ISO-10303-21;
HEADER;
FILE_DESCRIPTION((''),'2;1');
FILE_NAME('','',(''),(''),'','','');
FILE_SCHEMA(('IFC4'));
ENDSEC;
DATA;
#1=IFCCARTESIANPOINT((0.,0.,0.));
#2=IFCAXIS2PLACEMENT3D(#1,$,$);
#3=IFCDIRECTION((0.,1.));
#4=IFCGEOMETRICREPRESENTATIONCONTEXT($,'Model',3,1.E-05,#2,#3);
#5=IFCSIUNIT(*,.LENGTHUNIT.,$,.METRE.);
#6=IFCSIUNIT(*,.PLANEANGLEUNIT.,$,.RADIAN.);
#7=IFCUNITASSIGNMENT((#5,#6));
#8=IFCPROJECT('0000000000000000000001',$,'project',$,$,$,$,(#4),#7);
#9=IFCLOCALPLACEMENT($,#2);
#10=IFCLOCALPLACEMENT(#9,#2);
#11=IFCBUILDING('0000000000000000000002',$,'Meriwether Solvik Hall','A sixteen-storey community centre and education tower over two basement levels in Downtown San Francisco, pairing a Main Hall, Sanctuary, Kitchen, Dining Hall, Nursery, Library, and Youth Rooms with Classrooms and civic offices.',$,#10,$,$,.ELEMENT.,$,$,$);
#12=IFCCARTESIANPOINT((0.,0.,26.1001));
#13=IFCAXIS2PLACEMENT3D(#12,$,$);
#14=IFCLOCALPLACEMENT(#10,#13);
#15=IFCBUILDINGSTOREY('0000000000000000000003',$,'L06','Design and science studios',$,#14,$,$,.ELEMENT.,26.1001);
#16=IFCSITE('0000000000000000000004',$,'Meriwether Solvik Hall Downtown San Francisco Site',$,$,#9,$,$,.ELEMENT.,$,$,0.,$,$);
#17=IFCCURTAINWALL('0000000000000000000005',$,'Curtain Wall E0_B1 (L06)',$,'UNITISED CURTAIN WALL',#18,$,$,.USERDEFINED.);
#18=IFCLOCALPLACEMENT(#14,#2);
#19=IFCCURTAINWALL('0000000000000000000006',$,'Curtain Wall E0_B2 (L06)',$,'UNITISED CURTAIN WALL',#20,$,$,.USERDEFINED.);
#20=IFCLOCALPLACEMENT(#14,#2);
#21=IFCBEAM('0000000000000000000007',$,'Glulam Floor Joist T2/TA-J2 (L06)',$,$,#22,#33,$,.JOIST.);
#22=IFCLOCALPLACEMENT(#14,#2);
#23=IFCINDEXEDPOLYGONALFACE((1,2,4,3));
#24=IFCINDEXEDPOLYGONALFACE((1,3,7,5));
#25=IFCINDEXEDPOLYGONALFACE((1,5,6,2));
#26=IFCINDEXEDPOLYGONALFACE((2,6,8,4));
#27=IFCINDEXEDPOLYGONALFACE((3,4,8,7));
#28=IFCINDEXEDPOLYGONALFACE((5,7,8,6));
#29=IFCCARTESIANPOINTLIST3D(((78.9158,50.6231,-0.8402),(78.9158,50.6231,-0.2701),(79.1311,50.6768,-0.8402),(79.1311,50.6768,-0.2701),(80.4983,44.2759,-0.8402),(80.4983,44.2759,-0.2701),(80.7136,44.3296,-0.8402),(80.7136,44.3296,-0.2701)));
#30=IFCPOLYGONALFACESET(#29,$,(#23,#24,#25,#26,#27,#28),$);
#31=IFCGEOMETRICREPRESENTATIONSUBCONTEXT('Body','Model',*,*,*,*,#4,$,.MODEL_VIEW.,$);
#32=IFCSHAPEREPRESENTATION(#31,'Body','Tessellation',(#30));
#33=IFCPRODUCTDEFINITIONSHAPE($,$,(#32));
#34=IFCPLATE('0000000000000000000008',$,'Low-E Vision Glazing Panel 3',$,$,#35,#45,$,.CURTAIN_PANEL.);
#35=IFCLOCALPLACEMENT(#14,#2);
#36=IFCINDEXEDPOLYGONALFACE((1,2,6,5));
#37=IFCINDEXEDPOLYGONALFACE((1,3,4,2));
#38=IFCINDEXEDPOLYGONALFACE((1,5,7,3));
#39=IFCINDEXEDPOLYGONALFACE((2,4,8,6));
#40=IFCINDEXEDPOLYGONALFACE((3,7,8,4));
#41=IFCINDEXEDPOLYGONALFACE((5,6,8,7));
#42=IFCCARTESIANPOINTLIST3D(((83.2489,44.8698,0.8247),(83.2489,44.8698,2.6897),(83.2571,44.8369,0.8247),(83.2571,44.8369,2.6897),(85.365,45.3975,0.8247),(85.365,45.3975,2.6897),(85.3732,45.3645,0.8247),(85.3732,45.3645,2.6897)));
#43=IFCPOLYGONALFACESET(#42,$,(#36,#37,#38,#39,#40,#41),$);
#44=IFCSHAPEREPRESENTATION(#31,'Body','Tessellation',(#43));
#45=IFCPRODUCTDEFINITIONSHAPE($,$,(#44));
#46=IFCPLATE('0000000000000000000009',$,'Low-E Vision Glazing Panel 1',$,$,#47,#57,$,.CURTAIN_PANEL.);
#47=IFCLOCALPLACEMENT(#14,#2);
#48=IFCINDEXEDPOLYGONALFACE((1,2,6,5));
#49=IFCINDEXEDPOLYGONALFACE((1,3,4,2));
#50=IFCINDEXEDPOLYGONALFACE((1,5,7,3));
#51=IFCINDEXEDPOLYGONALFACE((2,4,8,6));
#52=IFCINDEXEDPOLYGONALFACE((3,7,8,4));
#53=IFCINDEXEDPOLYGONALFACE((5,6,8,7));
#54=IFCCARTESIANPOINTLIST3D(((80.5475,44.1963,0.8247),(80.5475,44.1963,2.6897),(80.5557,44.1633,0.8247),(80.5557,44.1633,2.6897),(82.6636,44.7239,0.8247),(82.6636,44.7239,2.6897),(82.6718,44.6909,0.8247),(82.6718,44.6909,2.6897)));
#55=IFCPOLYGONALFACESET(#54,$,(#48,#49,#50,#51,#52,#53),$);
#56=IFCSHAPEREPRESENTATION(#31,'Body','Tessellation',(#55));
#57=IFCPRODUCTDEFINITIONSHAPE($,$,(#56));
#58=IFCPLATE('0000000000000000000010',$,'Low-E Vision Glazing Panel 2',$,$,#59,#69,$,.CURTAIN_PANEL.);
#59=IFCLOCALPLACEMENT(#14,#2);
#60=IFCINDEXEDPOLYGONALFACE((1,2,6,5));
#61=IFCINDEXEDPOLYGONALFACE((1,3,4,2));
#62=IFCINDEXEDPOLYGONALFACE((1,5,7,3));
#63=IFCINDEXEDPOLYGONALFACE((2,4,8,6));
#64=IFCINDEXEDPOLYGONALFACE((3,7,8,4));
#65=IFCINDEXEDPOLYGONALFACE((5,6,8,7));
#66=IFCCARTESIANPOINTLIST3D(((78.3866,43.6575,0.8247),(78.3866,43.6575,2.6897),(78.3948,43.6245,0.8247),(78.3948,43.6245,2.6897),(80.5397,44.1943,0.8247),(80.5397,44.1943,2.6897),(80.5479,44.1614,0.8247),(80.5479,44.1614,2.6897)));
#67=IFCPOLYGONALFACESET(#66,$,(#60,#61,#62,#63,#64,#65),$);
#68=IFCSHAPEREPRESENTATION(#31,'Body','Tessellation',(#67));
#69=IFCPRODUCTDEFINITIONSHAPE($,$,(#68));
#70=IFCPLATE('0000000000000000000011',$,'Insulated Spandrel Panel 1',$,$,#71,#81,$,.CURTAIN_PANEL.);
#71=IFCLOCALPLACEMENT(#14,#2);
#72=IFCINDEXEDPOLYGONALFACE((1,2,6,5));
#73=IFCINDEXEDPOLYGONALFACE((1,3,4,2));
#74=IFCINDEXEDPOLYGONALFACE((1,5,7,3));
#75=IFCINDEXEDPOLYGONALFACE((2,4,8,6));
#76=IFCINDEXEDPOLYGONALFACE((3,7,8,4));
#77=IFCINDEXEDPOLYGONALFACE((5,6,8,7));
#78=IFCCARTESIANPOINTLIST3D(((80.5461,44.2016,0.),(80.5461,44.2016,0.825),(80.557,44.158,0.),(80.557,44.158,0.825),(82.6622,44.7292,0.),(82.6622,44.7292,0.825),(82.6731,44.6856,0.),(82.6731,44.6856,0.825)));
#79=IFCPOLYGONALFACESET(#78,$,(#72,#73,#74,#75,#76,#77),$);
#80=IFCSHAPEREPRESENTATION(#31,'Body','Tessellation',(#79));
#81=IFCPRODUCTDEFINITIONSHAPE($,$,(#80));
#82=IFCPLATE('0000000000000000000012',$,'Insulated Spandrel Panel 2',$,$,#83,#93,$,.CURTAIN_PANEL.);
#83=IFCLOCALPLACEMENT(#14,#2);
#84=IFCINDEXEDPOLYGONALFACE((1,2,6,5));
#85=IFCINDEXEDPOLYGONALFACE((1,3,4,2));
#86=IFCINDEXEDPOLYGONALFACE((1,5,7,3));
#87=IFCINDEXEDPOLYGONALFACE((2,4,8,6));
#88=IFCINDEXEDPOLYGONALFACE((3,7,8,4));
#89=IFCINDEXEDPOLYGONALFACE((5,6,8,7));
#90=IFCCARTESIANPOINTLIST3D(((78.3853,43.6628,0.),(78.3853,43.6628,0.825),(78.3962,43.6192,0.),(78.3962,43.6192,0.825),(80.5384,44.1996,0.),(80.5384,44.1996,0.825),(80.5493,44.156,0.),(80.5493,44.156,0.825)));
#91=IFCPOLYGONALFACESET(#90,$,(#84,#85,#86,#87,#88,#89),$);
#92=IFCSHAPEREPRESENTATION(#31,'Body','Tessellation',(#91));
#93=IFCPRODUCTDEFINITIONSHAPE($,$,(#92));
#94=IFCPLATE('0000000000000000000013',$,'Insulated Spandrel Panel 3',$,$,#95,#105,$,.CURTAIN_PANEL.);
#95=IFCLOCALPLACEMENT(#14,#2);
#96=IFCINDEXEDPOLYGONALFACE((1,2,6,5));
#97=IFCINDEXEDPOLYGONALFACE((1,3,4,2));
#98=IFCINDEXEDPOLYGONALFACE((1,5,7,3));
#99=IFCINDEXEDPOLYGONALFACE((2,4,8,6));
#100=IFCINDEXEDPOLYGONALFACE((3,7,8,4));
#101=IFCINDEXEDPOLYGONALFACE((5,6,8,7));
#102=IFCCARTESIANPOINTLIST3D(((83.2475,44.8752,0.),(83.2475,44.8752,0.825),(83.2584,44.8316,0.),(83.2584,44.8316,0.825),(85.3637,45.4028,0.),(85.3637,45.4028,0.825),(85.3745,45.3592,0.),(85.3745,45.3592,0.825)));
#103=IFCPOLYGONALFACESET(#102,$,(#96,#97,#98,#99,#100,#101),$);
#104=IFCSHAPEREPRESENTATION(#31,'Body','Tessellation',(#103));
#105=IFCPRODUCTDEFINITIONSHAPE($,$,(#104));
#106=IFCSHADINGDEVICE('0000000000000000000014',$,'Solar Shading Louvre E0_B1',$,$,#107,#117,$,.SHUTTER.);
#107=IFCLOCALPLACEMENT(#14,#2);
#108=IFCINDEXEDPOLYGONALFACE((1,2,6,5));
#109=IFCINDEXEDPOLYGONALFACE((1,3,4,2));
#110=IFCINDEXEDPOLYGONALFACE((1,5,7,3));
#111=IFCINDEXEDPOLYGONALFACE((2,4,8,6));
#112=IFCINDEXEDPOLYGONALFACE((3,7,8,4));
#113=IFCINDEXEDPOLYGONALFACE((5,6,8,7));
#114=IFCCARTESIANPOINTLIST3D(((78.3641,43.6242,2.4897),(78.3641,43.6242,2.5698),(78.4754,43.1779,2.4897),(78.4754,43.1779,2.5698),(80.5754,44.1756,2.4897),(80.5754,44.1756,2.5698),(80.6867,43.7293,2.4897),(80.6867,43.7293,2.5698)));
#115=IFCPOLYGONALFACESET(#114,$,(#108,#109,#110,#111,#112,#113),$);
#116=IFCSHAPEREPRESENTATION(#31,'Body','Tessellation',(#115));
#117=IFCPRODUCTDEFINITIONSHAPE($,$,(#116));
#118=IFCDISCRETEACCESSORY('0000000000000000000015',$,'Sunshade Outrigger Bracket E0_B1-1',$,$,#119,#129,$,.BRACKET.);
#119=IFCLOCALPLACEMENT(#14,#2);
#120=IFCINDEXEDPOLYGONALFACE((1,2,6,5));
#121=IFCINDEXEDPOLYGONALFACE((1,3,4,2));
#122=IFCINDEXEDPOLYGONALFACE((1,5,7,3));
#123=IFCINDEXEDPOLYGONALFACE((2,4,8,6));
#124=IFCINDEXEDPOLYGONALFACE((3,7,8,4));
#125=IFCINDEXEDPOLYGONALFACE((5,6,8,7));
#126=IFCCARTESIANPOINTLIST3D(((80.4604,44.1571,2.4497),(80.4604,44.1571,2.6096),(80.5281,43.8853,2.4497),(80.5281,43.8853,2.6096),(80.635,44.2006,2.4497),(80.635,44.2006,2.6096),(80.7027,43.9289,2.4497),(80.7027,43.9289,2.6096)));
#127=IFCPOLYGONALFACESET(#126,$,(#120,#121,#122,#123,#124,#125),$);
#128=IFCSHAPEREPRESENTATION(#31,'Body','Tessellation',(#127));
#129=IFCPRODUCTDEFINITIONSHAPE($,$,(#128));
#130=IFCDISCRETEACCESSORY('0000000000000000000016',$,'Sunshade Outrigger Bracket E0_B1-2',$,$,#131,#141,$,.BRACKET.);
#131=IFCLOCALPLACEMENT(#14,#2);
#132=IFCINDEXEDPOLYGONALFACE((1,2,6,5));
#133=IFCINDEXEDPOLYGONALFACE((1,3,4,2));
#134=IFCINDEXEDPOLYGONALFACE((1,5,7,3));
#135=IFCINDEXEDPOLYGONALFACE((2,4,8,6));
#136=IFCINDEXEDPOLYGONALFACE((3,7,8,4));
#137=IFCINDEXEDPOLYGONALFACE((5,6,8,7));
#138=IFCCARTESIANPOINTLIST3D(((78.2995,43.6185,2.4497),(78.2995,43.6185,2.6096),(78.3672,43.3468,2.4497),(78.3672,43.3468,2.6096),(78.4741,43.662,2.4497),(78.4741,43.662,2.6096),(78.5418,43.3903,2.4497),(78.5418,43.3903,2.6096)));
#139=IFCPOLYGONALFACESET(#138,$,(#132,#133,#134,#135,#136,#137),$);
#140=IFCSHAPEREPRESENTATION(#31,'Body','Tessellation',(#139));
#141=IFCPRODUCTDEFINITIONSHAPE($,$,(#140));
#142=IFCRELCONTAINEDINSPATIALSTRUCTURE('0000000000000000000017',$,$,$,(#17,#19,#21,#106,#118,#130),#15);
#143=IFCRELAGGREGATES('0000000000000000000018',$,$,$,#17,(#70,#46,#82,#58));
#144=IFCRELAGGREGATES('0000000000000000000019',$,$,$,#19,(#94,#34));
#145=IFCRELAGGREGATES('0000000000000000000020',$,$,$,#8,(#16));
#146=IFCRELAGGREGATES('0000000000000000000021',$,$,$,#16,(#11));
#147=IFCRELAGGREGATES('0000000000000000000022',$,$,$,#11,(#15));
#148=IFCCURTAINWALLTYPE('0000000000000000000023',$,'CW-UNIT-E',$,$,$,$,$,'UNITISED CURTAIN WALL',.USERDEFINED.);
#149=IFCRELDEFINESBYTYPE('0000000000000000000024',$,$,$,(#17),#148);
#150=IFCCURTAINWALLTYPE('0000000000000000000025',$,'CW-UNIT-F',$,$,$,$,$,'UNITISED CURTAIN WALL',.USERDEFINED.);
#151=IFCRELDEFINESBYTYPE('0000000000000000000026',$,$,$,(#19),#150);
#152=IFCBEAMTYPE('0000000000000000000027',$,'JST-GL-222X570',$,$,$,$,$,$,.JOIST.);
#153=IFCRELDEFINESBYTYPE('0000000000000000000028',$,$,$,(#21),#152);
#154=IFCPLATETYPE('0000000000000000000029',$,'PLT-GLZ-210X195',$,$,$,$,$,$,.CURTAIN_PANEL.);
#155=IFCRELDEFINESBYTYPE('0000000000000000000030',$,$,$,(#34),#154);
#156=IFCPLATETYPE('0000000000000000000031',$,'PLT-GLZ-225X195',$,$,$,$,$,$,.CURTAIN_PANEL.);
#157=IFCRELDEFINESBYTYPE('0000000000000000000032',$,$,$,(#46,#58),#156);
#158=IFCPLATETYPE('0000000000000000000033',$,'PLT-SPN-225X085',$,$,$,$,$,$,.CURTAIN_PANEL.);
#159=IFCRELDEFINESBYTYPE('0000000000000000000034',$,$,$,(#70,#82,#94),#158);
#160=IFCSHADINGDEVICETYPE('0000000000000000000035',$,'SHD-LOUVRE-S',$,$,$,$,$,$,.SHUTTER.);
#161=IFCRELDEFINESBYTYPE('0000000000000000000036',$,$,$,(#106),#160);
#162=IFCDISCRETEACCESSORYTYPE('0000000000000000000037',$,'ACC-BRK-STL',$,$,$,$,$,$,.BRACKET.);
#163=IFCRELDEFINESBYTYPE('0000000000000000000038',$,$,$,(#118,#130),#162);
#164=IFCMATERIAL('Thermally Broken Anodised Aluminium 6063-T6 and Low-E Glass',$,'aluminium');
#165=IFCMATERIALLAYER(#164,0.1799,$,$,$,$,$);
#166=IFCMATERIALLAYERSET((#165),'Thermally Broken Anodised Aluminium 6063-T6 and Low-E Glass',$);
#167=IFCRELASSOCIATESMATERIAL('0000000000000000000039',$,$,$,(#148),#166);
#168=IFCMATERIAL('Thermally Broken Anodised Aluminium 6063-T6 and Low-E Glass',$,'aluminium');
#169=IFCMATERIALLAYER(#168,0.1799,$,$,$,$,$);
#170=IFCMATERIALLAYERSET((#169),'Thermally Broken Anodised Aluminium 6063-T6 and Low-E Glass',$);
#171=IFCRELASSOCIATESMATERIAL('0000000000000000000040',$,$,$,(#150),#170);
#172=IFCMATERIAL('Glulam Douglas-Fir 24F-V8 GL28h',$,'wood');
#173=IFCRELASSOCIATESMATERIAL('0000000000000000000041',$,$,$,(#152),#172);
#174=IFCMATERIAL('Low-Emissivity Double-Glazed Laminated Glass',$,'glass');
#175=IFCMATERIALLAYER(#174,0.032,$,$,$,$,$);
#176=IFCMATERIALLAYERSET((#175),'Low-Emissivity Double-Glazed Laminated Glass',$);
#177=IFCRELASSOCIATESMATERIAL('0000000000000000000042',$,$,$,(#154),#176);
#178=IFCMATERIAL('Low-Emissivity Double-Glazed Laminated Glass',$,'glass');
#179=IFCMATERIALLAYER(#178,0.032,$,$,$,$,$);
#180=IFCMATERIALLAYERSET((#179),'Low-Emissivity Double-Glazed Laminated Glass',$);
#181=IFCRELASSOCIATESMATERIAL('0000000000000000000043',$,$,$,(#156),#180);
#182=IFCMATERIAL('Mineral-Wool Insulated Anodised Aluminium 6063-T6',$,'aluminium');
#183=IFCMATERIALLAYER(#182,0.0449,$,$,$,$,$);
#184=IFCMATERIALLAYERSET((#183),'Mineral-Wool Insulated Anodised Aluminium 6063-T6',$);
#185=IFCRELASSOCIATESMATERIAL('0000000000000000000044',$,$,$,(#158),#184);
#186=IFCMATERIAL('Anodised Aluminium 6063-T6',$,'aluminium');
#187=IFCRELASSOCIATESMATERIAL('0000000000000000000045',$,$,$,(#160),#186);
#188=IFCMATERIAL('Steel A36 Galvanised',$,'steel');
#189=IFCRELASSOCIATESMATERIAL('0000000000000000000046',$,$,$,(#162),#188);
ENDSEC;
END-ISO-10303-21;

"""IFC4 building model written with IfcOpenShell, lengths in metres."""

from ifc_helpers import new_model, si_unit, direction, frame, origin, origin_2d, place, context, subcontext, project, spatial, rectangle, extrude, material, layer, layer_set, material_profile, profile_set, type_object, element, aggregate, save


model = new_model("IFC4")

# Units and contexts
model_context = context("Model", 3, precision=1e-05, world=origin(), true_north=direction((0.0, 1.0)))
body_context = subcontext(model_context, "Body", "Model", "MODEL_VIEW")
ifc_project = project(units=[si_unit("LENGTHUNIT", "METRE"), si_unit("PLANEANGLEUNIT", "RADIAN")], contexts=[model_context])

# Site, building, storey
site_placement = place(None, origin())
site = spatial("IfcSite", under=ifc_project, at=site_placement, Name="Meriwether Solvik Hall Downtown San Francisco Site", CompositionType="ELEMENT", RefElevation=0.0)
building_placement = place(site_placement, origin())
building = spatial("IfcBuilding", under=site, at=building_placement, Name="Meriwether Solvik Hall", Description="A sixteen-storey community centre and education tower over two basement levels in Downtown San Francisco, pairing a Main Hall, Sanctuary, Kitchen, Dining Hall, Nursery, Library, and Youth Rooms with Classrooms and civic offices.", CompositionType="ELEMENT")
storey_placement = place(building_placement, frame((0.0, 0.0, 26.1001)))
storey = spatial("IfcBuildingStorey", under=building, at=storey_placement, Name="L06", Description="Design and science studios", CompositionType="ELEMENT", Elevation=26.1001)

# Curtain wall
ifc_material_1 = material(Name="Thermally Broken Anodised Aluminium 6063-T6 and Low-E Glass", Category="aluminium")
ifc_layer_1 = layer(ifc_material_1, 0.1799)
ifc_layer_set_1 = layer_set([ifc_layer_1], Name="Thermally Broken Anodised Aluminium 6063-T6 and Low-E Glass")
curtain_wall_type_1 = type_object("IfcCurtainWallType", Name="CW-UNIT-E", ElementType="UNITISED CURTAIN WALL", PredefinedType="USERDEFINED", material=ifc_layer_set_1)
curtain_wall_1_placement = place(storey_placement, origin())
curtain_wall_1 = element("IfcCurtainWall", 1, at=curtain_wall_1_placement, inside=storey, type_object=curtain_wall_type_1, Name="Curtain Wall E0_B1 (L06)", ObjectType="UNITISED CURTAIN WALL", PredefinedType="USERDEFINED")

# Curtain wall
ifc_material_2 = material(Name="Thermally Broken Anodised Aluminium 6063-T6 and Low-E Glass", Category="aluminium")
ifc_layer_2 = layer(ifc_material_2, 0.1799)
ifc_layer_set_2 = layer_set([ifc_layer_2], Name="Thermally Broken Anodised Aluminium 6063-T6 and Low-E Glass")
curtain_wall_type_2 = type_object("IfcCurtainWallType", Name="CW-UNIT-F", ElementType="UNITISED CURTAIN WALL", PredefinedType="USERDEFINED", material=ifc_layer_set_2)
curtain_wall_2_placement = place(storey_placement, origin())
curtain_wall_2 = element("IfcCurtainWall", 2, at=curtain_wall_2_placement, inside=storey, type_object=curtain_wall_type_2, Name="Curtain Wall E0_B2 (L06)", ObjectType="UNITISED CURTAIN WALL", PredefinedType="USERDEFINED")

# Beam
ifc_material_3 = material(Name="Glulam Douglas-Fir 24F-V8 GL28h", Category="wood")
ifc_material_profile_1 = material_profile(ifc_material_3, rectangle(XDim=0.2219, YDim=0.5701, at=origin_2d()), Name="GLJ-222X570")
ifc_profile_set_1 = profile_set([ifc_material_profile_1], Name="Glulam Douglas-Fir 24F-V8 GL28h")
beam_type_1 = type_object("IfcBeamType", Name="JST-GL-222X570", PredefinedType="JOIST", material=ifc_profile_set_1)
beam_1_placement = place(storey_placement, frame((80.606, 44.3027, -0.5552), z_axis=(-0.241921, 0.970296, 0.0), x_axis=(-0.970296, -0.241921, 0.0)))
element("IfcBeam", 3, at=beam_1_placement, inside=storey, type_object=beam_type_1, Name="Glulam Floor Joist T2/TA-J2 (L06)", PredefinedType="JOIST", context=body_context, shape_type="SweptSolid", body=[
    extrude(rectangle(XDim=0.2219, YDim=0.5701, at=origin_2d()), origin(), (0.0, 0.0, 1.0), 6.5415),
])

# Plates
ifc_material_4 = material(Name="Low-Emissivity Double-Glazed Laminated Glass", Category="glass")
ifc_layer_3 = layer(ifc_material_4, 0.032)
ifc_layer_set_3 = layer_set([ifc_layer_3], Name="Low-Emissivity Double-Glazed Laminated Glass")
plate_type_1 = type_object("IfcPlateType", Name="PLT-GLZ-210X195", PredefinedType="CURTAIN_PANEL", material=ifc_layer_set_3)
plate_1_placement = place(storey_placement, frame((84.311, 45.1172, 0.8247), z_axis=(0.0, 0.0, 1.0), x_axis=(-0.970296, -0.241922, 0.0)))
plate_1 = element("IfcPlate", 4, at=plate_1_placement, type_object=plate_type_1, Name="Low-E Vision Glazing Panel 3", PredefinedType="CURTAIN_PANEL", context=body_context, shape_type="SweptSolid", body=[
    extrude(rectangle(XDim=2.1809, YDim=0.0339, at=origin_2d()), origin(), (0.0, 0.0, 1.0), 1.865),
])
ifc_material_5 = material(Name="Low-Emissivity Double-Glazed Laminated Glass", Category="glass")
ifc_layer_4 = layer(ifc_material_5, 0.032)
ifc_layer_set_4 = layer_set([ifc_layer_4], Name="Low-Emissivity Double-Glazed Laminated Glass")
plate_type_2 = type_object("IfcPlateType", Name="PLT-GLZ-225X195", PredefinedType="CURTAIN_PANEL", material=ifc_layer_set_4)
plate_2_placement = place(storey_placement, frame((81.6096, 44.4436, 0.8247), z_axis=(0.0, 0.0, 1.0), x_axis=(-0.970296, -0.241922, 0.0)))
plate_2 = element("IfcPlate", 5, at=plate_2_placement, type_object=plate_type_2, Name="Low-E Vision Glazing Panel 1", PredefinedType="CURTAIN_PANEL", context=body_context, shape_type="SweptSolid", body=[
    extrude(rectangle(XDim=2.1809, YDim=0.0339, at=origin_2d()), origin(), (0.0, 0.0, 1.0), 1.865),
])
plate_3_placement = place(storey_placement, frame((79.4673, 43.9094, 0.8247), z_axis=(0.0, 0.0, 1.0), x_axis=(-0.970296, -0.241922, 0.0)))
plate_3 = element("IfcPlate", 6, at=plate_3_placement, type_object=plate_type_2, Name="Low-E Vision Glazing Panel 2", PredefinedType="CURTAIN_PANEL", context=body_context, shape_type="SweptSolid", body=[
    extrude(rectangle(XDim=2.219, YDim=0.0339, at=origin_2d()), origin(), (0.0, 0.0, 1.0), 1.865),
])
ifc_material_6 = material(Name="Mineral-Wool Insulated Anodised Aluminium 6063-T6", Category="aluminium")
ifc_layer_5 = layer(ifc_material_6, 0.0449)
ifc_layer_set_5 = layer_set([ifc_layer_5], Name="Mineral-Wool Insulated Anodised Aluminium 6063-T6")
plate_type_3 = type_object("IfcPlateType", Name="PLT-SPN-225X085", PredefinedType="CURTAIN_PANEL", material=ifc_layer_set_5)
plate_4_placement = place(storey_placement, frame((81.6096, 44.4436, 0.0), z_axis=(0.0, 0.0, 1.0), x_axis=(-0.970296, -0.241922, 0.0)))
plate_4 = element("IfcPlate", 7, at=plate_4_placement, type_object=plate_type_3, Name="Insulated Spandrel Panel 1", PredefinedType="CURTAIN_PANEL", context=body_context, shape_type="SweptSolid", body=[
    extrude(rectangle(XDim=2.1809, YDim=0.0449, at=origin_2d()), origin(), (0.0, 0.0, 1.0), 0.825),
])
plate_5_placement = place(storey_placement, frame((79.4673, 43.9094, 0.0), z_axis=(0.0, 0.0, 1.0), x_axis=(-0.970296, -0.241922, 0.0)))
plate_5 = element("IfcPlate", 8, at=plate_5_placement, type_object=plate_type_3, Name="Insulated Spandrel Panel 2", PredefinedType="CURTAIN_PANEL", context=body_context, shape_type="SweptSolid", body=[
    extrude(rectangle(XDim=2.219, YDim=0.0449, at=origin_2d()), origin(), (0.0, 0.0, 1.0), 0.825),
])
aggregate(curtain_wall_1, [plate_4, plate_2, plate_5, plate_3])
plate_6_placement = place(storey_placement, frame((84.311, 45.1172, 0.0), z_axis=(0.0, 0.0, 1.0), x_axis=(-0.970296, -0.241922, 0.0)))
plate_6 = element("IfcPlate", 9, at=plate_6_placement, type_object=plate_type_3, Name="Insulated Spandrel Panel 3", PredefinedType="CURTAIN_PANEL", context=body_context, shape_type="SweptSolid", body=[
    extrude(rectangle(XDim=2.1809, YDim=0.0449, at=origin_2d()), origin(), (0.0, 0.0, 1.0), 0.825),
])
aggregate(curtain_wall_2, [plate_6, plate_1])

# Shading device
ifc_material_7 = material(Name="Anodised Aluminium 6063-T6", Category="aluminium")
shading_device_type = type_object("IfcShadingDeviceType", Name="SHD-LOUVRE-S", PredefinedType="SHUTTER", material=ifc_material_7)
shading_device_placement = place(storey_placement, frame((79.5254, 43.6768, 2.4897), z_axis=(0.0, 0.0, 1.0), x_axis=(-0.970296, -0.241922, 0.0)))
element("IfcShadingDevice", 10, at=shading_device_placement, inside=storey, type_object=shading_device_type, Name="Solar Shading Louvre E0_B1", PredefinedType="SHUTTER", context=body_context, shape_type="SweptSolid", body=[
    extrude(rectangle(XDim=2.2791, YDim=0.46, at=origin_2d()), origin(), (0.0, 0.0, 1.0), 0.0801),
])

# Discrete accessories
ifc_material_8 = material(Name="Steel A36 Galvanised", Category="steel")
discrete_accessory_type = type_object("IfcDiscreteAccessoryType", Name="ACC-BRK-STL", PredefinedType="BRACKET", material=ifc_material_8)
for number, where, z_axis, x_axis, name in (
    (11, (80.5815, 44.043, 2.4497), (0.0, 0.0, 1.0), (-0.970296, -0.241922, 0.0), "Sunshade Outrigger Bracket E0_B1-1"),
    (12, (78.4207, 43.5044, 2.4497), (0.0, 0.0, 1.0), (-0.970296, -0.241922, 0.0), "Sunshade Outrigger Bracket E0_B1-2"),
):
    element("IfcDiscreteAccessory", number, at=place(storey_placement, frame(where, z_axis=z_axis, x_axis=x_axis)), inside=storey, type_object=discrete_accessory_type, Name=name, PredefinedType="BRACKET", context=body_context, shape_type="SweptSolid", body=[
        extrude(rectangle(XDim=0.1799, YDim=0.28, at=origin_2d()), origin(), (0.0, 0.0, 1.0), 0.1599),
    ])

save(model, "model.ifc")
